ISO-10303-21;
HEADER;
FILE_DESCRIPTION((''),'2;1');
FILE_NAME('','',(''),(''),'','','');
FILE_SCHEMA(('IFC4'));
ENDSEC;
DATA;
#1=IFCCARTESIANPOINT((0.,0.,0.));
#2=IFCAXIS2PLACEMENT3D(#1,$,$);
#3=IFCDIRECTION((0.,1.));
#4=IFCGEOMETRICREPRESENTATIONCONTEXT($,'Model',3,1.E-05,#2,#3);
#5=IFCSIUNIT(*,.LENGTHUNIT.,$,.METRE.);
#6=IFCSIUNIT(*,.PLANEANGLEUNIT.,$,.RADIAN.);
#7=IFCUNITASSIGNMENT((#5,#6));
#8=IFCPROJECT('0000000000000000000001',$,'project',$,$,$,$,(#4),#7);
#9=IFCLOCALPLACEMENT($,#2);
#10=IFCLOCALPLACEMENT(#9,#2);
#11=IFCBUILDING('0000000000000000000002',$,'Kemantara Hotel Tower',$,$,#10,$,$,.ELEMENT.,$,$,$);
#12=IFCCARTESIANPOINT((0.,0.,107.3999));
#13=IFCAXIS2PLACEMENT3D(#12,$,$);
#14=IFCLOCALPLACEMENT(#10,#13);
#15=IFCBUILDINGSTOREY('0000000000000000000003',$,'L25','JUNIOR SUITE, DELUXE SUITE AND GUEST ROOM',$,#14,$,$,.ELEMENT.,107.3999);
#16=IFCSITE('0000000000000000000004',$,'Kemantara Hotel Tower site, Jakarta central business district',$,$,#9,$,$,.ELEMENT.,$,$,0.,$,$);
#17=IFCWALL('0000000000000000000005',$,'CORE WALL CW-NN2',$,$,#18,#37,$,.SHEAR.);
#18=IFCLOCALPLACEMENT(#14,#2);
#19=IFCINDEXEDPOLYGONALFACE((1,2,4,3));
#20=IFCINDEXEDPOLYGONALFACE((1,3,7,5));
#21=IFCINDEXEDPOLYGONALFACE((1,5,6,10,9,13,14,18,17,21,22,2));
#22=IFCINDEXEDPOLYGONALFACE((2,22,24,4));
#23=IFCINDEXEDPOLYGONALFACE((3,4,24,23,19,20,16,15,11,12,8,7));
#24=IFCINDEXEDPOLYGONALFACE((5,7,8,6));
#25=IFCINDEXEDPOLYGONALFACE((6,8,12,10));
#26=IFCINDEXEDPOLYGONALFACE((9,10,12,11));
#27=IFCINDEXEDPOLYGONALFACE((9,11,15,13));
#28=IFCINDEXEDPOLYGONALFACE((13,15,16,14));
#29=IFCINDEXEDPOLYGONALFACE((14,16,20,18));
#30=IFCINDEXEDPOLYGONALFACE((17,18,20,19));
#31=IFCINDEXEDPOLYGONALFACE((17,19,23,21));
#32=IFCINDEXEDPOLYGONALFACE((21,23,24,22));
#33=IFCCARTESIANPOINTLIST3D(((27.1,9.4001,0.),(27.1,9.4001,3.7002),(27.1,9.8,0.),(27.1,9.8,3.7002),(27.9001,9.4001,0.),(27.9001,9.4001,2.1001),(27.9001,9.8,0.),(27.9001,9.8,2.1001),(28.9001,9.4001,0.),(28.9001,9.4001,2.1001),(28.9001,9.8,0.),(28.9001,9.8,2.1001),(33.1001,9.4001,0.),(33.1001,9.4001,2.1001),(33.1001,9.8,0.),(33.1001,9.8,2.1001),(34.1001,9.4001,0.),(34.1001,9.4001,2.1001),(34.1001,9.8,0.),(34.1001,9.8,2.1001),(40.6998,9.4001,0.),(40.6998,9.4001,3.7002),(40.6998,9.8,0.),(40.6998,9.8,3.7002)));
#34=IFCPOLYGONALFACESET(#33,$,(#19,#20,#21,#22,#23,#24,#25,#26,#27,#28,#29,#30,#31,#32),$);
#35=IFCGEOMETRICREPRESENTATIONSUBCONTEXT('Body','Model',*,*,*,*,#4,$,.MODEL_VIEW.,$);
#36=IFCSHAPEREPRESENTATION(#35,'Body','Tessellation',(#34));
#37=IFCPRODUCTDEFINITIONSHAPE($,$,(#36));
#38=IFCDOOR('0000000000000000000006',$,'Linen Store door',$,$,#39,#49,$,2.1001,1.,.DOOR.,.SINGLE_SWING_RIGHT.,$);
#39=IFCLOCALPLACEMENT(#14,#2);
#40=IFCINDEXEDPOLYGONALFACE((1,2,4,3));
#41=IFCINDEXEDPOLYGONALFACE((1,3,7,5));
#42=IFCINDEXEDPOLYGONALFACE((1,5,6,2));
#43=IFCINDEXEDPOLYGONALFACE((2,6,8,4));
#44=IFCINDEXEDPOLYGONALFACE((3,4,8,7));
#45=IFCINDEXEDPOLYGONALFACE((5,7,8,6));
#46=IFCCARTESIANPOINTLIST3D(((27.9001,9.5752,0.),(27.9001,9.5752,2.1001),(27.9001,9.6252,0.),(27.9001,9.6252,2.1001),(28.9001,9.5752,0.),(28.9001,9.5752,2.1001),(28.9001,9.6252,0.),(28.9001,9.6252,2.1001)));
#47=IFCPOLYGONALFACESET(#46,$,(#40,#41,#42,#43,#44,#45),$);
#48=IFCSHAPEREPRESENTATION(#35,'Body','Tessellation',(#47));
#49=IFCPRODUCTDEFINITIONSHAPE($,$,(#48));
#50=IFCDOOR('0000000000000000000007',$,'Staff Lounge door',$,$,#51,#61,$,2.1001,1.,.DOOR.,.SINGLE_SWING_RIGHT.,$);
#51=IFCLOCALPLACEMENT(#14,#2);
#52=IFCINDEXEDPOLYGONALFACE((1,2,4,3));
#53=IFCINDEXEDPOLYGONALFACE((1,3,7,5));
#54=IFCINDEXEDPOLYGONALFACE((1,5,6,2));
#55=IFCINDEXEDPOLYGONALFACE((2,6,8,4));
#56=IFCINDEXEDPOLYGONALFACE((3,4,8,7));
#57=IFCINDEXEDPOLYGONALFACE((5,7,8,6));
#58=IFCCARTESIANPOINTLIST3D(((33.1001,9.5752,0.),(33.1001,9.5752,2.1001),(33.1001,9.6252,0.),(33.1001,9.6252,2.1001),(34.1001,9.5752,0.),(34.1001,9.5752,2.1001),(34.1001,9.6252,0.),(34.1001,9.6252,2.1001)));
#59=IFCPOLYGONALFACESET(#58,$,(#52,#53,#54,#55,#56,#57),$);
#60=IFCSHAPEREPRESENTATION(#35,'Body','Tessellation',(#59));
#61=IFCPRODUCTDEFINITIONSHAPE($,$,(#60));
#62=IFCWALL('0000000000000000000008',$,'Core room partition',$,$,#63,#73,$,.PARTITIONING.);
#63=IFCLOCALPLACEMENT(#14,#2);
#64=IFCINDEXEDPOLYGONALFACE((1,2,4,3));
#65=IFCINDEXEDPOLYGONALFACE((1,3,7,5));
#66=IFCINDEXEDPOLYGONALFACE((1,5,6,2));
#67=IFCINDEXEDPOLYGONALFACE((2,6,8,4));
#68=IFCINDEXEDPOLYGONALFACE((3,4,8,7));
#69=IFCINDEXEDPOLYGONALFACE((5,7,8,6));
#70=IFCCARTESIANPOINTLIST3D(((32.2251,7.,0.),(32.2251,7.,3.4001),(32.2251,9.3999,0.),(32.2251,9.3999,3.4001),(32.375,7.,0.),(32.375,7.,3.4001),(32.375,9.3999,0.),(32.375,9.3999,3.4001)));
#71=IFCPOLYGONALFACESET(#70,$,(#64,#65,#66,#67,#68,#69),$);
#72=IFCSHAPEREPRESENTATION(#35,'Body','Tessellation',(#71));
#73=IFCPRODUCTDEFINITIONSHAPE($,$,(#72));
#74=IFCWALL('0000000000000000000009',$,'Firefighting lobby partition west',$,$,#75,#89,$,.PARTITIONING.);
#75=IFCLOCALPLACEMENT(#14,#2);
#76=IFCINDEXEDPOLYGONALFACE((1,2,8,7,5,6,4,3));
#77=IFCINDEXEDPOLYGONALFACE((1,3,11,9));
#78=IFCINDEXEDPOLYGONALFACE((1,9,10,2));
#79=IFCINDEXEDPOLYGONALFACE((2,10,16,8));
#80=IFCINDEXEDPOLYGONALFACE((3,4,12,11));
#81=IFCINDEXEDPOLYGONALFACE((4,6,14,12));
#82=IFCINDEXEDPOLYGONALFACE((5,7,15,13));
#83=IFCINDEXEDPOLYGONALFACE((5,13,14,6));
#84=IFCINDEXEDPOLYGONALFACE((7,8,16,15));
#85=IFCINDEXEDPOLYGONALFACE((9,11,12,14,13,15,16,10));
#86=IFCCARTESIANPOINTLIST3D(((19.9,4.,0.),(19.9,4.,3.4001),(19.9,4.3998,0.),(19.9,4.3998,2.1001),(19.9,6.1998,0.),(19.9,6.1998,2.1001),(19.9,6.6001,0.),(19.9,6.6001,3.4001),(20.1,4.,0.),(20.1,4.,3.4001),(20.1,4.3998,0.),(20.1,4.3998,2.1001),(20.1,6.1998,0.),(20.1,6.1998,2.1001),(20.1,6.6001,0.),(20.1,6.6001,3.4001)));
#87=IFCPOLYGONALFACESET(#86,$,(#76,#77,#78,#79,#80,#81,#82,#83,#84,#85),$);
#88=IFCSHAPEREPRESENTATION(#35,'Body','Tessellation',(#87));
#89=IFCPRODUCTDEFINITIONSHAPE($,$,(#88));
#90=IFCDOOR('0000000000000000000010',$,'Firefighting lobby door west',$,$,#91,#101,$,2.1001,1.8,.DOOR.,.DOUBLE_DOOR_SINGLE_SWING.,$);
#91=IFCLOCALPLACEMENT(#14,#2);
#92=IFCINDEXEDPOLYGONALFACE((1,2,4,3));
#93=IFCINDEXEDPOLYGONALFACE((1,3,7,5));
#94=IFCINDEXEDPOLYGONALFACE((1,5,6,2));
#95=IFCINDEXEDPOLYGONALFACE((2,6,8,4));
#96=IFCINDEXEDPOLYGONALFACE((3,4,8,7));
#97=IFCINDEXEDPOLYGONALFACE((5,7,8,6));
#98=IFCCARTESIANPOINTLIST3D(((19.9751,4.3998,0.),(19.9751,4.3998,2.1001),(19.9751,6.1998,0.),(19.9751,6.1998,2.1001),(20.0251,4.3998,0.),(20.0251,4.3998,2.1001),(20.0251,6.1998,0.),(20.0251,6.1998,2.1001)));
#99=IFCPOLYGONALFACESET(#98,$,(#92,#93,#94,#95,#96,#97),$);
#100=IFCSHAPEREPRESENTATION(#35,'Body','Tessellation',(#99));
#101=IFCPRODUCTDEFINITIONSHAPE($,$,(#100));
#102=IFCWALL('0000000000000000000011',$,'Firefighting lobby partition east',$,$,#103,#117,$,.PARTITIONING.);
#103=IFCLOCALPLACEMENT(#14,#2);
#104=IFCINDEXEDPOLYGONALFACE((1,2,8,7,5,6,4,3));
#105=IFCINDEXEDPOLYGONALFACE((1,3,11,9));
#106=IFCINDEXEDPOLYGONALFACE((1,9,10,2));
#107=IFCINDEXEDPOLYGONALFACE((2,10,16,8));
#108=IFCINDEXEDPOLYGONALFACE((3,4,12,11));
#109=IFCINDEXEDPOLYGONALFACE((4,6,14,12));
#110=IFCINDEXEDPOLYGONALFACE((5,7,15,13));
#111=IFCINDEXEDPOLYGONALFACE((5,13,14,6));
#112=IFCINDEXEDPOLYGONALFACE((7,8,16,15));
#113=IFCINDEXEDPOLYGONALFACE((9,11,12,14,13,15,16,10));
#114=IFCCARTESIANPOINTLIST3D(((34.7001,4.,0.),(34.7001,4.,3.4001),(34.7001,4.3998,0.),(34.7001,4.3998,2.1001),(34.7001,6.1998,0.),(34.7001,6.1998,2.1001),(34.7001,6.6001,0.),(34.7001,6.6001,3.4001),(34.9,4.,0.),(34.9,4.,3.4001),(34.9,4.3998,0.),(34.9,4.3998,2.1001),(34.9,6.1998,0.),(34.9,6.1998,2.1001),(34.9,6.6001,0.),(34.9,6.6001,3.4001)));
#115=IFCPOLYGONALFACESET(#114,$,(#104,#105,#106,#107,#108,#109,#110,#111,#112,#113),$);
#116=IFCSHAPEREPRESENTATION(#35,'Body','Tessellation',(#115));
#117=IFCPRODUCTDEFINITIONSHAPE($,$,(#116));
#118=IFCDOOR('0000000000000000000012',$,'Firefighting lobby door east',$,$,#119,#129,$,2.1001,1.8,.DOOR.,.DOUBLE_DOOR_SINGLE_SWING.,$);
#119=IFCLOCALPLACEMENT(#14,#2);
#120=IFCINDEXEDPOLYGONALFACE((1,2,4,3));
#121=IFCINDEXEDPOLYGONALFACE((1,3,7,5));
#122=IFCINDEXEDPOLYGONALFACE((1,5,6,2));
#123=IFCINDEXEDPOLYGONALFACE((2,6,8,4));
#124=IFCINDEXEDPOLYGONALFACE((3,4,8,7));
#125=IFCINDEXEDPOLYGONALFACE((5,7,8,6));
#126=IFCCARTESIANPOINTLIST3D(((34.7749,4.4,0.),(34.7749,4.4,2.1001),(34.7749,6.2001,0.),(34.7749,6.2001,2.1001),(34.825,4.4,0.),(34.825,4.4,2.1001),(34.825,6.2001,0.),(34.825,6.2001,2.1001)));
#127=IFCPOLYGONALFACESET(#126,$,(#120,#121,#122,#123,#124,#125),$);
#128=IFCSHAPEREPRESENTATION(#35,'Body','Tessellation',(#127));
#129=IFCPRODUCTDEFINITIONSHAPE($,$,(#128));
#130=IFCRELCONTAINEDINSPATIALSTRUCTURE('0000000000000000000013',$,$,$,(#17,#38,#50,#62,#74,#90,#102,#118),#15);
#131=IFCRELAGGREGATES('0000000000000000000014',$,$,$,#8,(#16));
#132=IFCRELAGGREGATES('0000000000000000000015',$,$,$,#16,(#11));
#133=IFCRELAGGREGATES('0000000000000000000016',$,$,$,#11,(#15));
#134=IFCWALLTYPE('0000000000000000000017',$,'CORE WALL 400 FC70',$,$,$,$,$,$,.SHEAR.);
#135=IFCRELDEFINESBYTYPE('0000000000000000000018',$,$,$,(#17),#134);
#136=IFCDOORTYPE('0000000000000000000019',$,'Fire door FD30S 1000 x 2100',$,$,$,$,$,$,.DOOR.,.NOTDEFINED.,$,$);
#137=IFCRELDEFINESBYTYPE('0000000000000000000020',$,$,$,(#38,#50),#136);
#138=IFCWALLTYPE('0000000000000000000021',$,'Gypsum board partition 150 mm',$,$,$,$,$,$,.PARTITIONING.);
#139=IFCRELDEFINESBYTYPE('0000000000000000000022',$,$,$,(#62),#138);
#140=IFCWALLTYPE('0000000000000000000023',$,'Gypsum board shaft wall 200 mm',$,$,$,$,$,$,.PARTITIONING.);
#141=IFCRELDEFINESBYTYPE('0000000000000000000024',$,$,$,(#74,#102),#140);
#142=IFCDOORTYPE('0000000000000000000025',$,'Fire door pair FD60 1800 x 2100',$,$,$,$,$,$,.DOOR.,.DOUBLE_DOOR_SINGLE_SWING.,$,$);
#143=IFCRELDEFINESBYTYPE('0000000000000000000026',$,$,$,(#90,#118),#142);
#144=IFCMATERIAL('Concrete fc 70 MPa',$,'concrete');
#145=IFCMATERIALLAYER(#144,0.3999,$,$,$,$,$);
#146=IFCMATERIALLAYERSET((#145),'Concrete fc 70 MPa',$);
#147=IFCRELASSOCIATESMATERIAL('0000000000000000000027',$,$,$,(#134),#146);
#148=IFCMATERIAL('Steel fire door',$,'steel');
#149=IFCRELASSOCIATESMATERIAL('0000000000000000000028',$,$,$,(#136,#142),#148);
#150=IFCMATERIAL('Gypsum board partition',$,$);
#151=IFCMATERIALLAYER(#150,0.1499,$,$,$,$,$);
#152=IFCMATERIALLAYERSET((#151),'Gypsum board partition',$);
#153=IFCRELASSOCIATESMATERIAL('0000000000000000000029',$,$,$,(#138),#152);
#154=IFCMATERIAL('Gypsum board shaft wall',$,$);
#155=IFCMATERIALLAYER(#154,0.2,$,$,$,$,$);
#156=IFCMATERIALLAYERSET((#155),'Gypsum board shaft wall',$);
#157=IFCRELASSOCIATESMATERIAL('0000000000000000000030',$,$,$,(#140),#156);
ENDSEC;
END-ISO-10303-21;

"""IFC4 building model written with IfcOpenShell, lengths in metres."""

from ifc_helpers import new_model, si_unit, direction, frame, frame_2d, origin, place, context, subcontext, project, spatial, rectangle, extrude, material, layer, layer_set, type_object, element, fill, save


model = new_model("IFC4")

# Units and contexts
model_context = context("Model", 3, precision=1e-05, world=origin(), true_north=direction((0.0, 1.0)))
body_context = subcontext(model_context, "Body", "Model", "MODEL_VIEW")
ifc_project = project(units=[si_unit("LENGTHUNIT", "METRE"), si_unit("PLANEANGLEUNIT", "RADIAN")], contexts=[model_context])

# Site, building, storey
site_placement = place(None, origin())
site = spatial("IfcSite", under=ifc_project, at=site_placement, Name="Kemantara Hotel Tower site, Jakarta central business district", CompositionType="ELEMENT", RefElevation=0.0)
building_placement = place(site_placement, origin())
building = spatial("IfcBuilding", under=site, at=building_placement, Name="Kemantara Hotel Tower", CompositionType="ELEMENT")
storey_placement = place(building_placement, frame((0.0, 0.0, 107.3999)))
storey = spatial("IfcBuildingStorey", under=building, at=storey_placement, Name="L25", Description="JUNIOR SUITE, DELUXE SUITE AND GUEST ROOM", CompositionType="ELEMENT", Elevation=107.3999)

# Shared definitions
ifc_material_1 = material(Name="Concrete fc 70 MPa", Category="concrete")

# Wall, openings, doors
ifc_layer_1 = layer(ifc_material_1, 0.3999)
ifc_layer_set_1 = layer_set([ifc_layer_1], Name="Concrete fc 70 MPa")
wall_type_1 = type_object("IfcWallType", Name="CORE WALL 400 FC70", PredefinedType="SHEAR", material=ifc_layer_set_1)
wall_1_placement = place(storey_placement, frame((27.1001, 9.6001, 0.0), z_axis=(0.0, 0.0, 1.0), x_axis=(1.0, 0.0, 0.0)))
wall_1 = element("IfcWall", 1, at=wall_1_placement, inside=storey, type_object=wall_type_1, Name="CORE WALL CW-NN2", PredefinedType="SHEAR", context=body_context, shape_type="SweptSolid", body=[
    extrude(rectangle(XDim=13.5999, YDim=0.3999, at=frame_2d((6.7998, 0.0))), origin(), (0.0, 0.0, 1.0), 3.7002),
])
opening_1_placement = place(wall_1_placement, frame((0.8, 0.0, 0.0)))
opening_1 = element("IfcOpeningElement", 2, at=opening_1_placement, cuts=wall_1, PredefinedType="OPENING", context=body_context, shape_type="SweptSolid", body=[
    extrude(rectangle(XDim=1.0, YDim=2.1001, at=frame_2d((0.5, 1.05))), frame((0.0, 0.21, 0.0), z_axis=(0.0, -1.0, 0.0), x_axis=(1.0, 0.0, 0.0)), (0.0, 0.0, 1.0), 0.4199),
])
opening_2_placement = place(wall_1_placement, frame((6.0, 0.0, 0.0)))
opening_2 = element("IfcOpeningElement", 3, at=opening_2_placement, cuts=wall_1, PredefinedType="OPENING", context=body_context, shape_type="SweptSolid", body=[
    extrude(rectangle(XDim=1.0, YDim=2.1001, at=frame_2d((0.5, 1.05))), frame((0.0, 0.21, 0.0), z_axis=(0.0, -1.0, 0.0), x_axis=(1.0, 0.0, 0.0)), (0.0, 0.0, 1.0), 0.4199),
])
ifc_material_2 = material(Name="Steel fire door", Category="steel")
door_type_1 = type_object("IfcDoorType", Name="Fire door FD30S 1000 x 2100", OperationType="NOTDEFINED", PredefinedType="DOOR", material=ifc_material_2)
door_1_placement = place(opening_1_placement, frame((1.0, 0.0, 0.0), z_axis=(0.0, 0.0, 1.0), x_axis=(-1.0, 0.0, 0.0)))
door_1 = element("IfcDoor", 4, at=door_1_placement, inside=storey, type_object=door_type_1, Name="Linen Store door", OperationType="SINGLE_SWING_RIGHT", OverallHeight=2.1001, OverallWidth=1.0, PredefinedType="DOOR", context=body_context, shape_type="SweptSolid", body=[
    extrude(rectangle(XDim=1.0, YDim=2.1001, at=frame_2d((0.5, 1.05))), frame((0.0, 0.0249, 0.0), z_axis=(0.0, -1.0, 0.0), x_axis=(1.0, 0.0, 0.0)), (0.0, 0.0, 1.0), 0.05),
])
fill(opening_1, door_1)
door_2_placement = place(opening_2_placement, frame((1.0, 0.0, 0.0), z_axis=(0.0, 0.0, 1.0), x_axis=(-1.0, 0.0, 0.0)))
door_2 = element("IfcDoor", 5, at=door_2_placement, inside=storey, type_object=door_type_1, Name="Staff Lounge door", OperationType="SINGLE_SWING_RIGHT", OverallHeight=2.1001, OverallWidth=1.0, PredefinedType="DOOR", context=body_context, shape_type="SweptSolid", body=[
    extrude(rectangle(XDim=1.0, YDim=2.1001, at=frame_2d((0.5, 1.05))), frame((0.0, 0.0249, 0.0), z_axis=(0.0, -1.0, 0.0), x_axis=(1.0, 0.0, 0.0)), (0.0, 0.0, 1.0), 0.05),
])
fill(opening_2, door_2)

# Wall
ifc_material_3 = material(Name="Gypsum board partition")
ifc_layer_2 = layer(ifc_material_3, 0.1499)
ifc_layer_set_2 = layer_set([ifc_layer_2], Name="Gypsum board partition")
wall_type_2 = type_object("IfcWallType", Name="Gypsum board partition 150 mm", PredefinedType="PARTITIONING", material=ifc_layer_set_2)
wall_2_placement = place(storey_placement, frame((32.3, 7.0, 0.0), z_axis=(0.0, 0.0, 1.0), x_axis=(0.0, 1.0, 0.0)))
element("IfcWall", 6, at=wall_2_placement, inside=storey, type_object=wall_type_2, Name="Core room partition", PredefinedType="PARTITIONING", context=body_context, shape_type="SweptSolid", body=[
    extrude(rectangle(XDim=2.3999, YDim=0.1499, at=frame_2d((1.2, 0.0))), origin(), (0.0, 0.0, 1.0), 3.4001),
])

# Walls, openings, doors
ifc_material_4 = material(Name="Gypsum board shaft wall")
ifc_layer_3 = layer(ifc_material_4, 0.2)
ifc_layer_set_3 = layer_set([ifc_layer_3], Name="Gypsum board shaft wall")
wall_type_3 = type_object("IfcWallType", Name="Gypsum board shaft wall 200 mm", PredefinedType="PARTITIONING", material=ifc_layer_set_3)
wall_3_placement = place(storey_placement, frame((20.0, 4.0, 0.0), z_axis=(0.0, 0.0, 1.0), x_axis=(0.0, 1.0, 0.0)))
wall_3 = element("IfcWall", 7, at=wall_3_placement, inside=storey, type_object=wall_type_3, Name="Firefighting lobby partition west", PredefinedType="PARTITIONING", context=body_context, shape_type="SweptSolid", body=[
    extrude(rectangle(XDim=2.6001, YDim=0.2, at=frame_2d((1.3, 0.0))), origin(), (0.0, 0.0, 1.0), 3.4001),
])
opening_3_placement = place(wall_3_placement, frame((0.3999, 0.0, 0.0)))
opening_3 = element("IfcOpeningElement", 8, at=opening_3_placement, cuts=wall_3, PredefinedType="OPENING", context=body_context, shape_type="SweptSolid", body=[
    extrude(rectangle(XDim=1.8, YDim=2.1001, at=frame_2d((0.8999, 1.05))), frame((0.0, 0.1099, 0.0), z_axis=(0.0, -1.0, 0.0), x_axis=(1.0, 0.0, 0.0)), (0.0, 0.0, 1.0), 0.22),
])
door_type_2 = type_object("IfcDoorType", Name="Fire door pair FD60 1800 x 2100", OperationType="DOUBLE_DOOR_SINGLE_SWING", PredefinedType="DOOR", material=ifc_material_2)
door_3_placement = place(opening_3_placement, origin())
door_3 = element("IfcDoor", 9, at=door_3_placement, inside=storey, type_object=door_type_2, Name="Firefighting lobby door west", OperationType="DOUBLE_DOOR_SINGLE_SWING", OverallHeight=2.1001, OverallWidth=1.8, PredefinedType="DOOR", context=body_context, shape_type="SweptSolid", body=[
    extrude(rectangle(XDim=1.8, YDim=2.1001, at=frame_2d((0.8999, 1.05))), frame((0.0, 0.0249, 0.0), z_axis=(0.0, -1.0, 0.0), x_axis=(1.0, 0.0, 0.0)), (0.0, 0.0, 1.0), 0.05),
])
fill(opening_3, door_3)
wall_4_placement = place(storey_placement, frame((34.8, 4.0, 0.0), z_axis=(0.0, 0.0, 1.0), x_axis=(0.0, 1.0, 0.0)))
wall_4 = element("IfcWall", 10, at=wall_4_placement, inside=storey, type_object=wall_type_3, Name="Firefighting lobby partition east", PredefinedType="PARTITIONING", context=body_context, shape_type="SweptSolid", body=[
    extrude(rectangle(XDim=2.6001, YDim=0.2, at=frame_2d((1.3, 0.0))), origin(), (0.0, 0.0, 1.0), 3.4001),
])
opening_4_placement = place(wall_4_placement, frame((0.3999, 0.0, 0.0)))
opening_4 = element("IfcOpeningElement", 11, at=opening_4_placement, cuts=wall_4, PredefinedType="OPENING", context=body_context, shape_type="SweptSolid", body=[
    extrude(rectangle(XDim=1.8, YDim=2.1001, at=frame_2d((0.8999, 1.05))), frame((0.0, 0.1099, 0.0), z_axis=(0.0, -1.0, 0.0), x_axis=(1.0, 0.0, 0.0)), (0.0, 0.0, 1.0), 0.22),
])
door_4_placement = place(opening_4_placement, frame((1.8, 0.0, 0.0), z_axis=(0.0, 0.0, 1.0), x_axis=(-1.0, 0.0, 0.0)))
door_4 = element("IfcDoor", 12, at=door_4_placement, inside=storey, type_object=door_type_2, Name="Firefighting lobby door east", OperationType="DOUBLE_DOOR_SINGLE_SWING", OverallHeight=2.1001, OverallWidth=1.8, PredefinedType="DOOR", context=body_context, shape_type="SweptSolid", body=[
    extrude(rectangle(XDim=1.8, YDim=2.1001, at=frame_2d((0.8999, 1.05))), frame((0.0, 0.0249, 0.0), z_axis=(0.0, -1.0, 0.0), x_axis=(1.0, 0.0, 0.0)), (0.0, 0.0, 1.0), 0.05),
])
fill(opening_4, door_4)

save(model, "model.ifc")
